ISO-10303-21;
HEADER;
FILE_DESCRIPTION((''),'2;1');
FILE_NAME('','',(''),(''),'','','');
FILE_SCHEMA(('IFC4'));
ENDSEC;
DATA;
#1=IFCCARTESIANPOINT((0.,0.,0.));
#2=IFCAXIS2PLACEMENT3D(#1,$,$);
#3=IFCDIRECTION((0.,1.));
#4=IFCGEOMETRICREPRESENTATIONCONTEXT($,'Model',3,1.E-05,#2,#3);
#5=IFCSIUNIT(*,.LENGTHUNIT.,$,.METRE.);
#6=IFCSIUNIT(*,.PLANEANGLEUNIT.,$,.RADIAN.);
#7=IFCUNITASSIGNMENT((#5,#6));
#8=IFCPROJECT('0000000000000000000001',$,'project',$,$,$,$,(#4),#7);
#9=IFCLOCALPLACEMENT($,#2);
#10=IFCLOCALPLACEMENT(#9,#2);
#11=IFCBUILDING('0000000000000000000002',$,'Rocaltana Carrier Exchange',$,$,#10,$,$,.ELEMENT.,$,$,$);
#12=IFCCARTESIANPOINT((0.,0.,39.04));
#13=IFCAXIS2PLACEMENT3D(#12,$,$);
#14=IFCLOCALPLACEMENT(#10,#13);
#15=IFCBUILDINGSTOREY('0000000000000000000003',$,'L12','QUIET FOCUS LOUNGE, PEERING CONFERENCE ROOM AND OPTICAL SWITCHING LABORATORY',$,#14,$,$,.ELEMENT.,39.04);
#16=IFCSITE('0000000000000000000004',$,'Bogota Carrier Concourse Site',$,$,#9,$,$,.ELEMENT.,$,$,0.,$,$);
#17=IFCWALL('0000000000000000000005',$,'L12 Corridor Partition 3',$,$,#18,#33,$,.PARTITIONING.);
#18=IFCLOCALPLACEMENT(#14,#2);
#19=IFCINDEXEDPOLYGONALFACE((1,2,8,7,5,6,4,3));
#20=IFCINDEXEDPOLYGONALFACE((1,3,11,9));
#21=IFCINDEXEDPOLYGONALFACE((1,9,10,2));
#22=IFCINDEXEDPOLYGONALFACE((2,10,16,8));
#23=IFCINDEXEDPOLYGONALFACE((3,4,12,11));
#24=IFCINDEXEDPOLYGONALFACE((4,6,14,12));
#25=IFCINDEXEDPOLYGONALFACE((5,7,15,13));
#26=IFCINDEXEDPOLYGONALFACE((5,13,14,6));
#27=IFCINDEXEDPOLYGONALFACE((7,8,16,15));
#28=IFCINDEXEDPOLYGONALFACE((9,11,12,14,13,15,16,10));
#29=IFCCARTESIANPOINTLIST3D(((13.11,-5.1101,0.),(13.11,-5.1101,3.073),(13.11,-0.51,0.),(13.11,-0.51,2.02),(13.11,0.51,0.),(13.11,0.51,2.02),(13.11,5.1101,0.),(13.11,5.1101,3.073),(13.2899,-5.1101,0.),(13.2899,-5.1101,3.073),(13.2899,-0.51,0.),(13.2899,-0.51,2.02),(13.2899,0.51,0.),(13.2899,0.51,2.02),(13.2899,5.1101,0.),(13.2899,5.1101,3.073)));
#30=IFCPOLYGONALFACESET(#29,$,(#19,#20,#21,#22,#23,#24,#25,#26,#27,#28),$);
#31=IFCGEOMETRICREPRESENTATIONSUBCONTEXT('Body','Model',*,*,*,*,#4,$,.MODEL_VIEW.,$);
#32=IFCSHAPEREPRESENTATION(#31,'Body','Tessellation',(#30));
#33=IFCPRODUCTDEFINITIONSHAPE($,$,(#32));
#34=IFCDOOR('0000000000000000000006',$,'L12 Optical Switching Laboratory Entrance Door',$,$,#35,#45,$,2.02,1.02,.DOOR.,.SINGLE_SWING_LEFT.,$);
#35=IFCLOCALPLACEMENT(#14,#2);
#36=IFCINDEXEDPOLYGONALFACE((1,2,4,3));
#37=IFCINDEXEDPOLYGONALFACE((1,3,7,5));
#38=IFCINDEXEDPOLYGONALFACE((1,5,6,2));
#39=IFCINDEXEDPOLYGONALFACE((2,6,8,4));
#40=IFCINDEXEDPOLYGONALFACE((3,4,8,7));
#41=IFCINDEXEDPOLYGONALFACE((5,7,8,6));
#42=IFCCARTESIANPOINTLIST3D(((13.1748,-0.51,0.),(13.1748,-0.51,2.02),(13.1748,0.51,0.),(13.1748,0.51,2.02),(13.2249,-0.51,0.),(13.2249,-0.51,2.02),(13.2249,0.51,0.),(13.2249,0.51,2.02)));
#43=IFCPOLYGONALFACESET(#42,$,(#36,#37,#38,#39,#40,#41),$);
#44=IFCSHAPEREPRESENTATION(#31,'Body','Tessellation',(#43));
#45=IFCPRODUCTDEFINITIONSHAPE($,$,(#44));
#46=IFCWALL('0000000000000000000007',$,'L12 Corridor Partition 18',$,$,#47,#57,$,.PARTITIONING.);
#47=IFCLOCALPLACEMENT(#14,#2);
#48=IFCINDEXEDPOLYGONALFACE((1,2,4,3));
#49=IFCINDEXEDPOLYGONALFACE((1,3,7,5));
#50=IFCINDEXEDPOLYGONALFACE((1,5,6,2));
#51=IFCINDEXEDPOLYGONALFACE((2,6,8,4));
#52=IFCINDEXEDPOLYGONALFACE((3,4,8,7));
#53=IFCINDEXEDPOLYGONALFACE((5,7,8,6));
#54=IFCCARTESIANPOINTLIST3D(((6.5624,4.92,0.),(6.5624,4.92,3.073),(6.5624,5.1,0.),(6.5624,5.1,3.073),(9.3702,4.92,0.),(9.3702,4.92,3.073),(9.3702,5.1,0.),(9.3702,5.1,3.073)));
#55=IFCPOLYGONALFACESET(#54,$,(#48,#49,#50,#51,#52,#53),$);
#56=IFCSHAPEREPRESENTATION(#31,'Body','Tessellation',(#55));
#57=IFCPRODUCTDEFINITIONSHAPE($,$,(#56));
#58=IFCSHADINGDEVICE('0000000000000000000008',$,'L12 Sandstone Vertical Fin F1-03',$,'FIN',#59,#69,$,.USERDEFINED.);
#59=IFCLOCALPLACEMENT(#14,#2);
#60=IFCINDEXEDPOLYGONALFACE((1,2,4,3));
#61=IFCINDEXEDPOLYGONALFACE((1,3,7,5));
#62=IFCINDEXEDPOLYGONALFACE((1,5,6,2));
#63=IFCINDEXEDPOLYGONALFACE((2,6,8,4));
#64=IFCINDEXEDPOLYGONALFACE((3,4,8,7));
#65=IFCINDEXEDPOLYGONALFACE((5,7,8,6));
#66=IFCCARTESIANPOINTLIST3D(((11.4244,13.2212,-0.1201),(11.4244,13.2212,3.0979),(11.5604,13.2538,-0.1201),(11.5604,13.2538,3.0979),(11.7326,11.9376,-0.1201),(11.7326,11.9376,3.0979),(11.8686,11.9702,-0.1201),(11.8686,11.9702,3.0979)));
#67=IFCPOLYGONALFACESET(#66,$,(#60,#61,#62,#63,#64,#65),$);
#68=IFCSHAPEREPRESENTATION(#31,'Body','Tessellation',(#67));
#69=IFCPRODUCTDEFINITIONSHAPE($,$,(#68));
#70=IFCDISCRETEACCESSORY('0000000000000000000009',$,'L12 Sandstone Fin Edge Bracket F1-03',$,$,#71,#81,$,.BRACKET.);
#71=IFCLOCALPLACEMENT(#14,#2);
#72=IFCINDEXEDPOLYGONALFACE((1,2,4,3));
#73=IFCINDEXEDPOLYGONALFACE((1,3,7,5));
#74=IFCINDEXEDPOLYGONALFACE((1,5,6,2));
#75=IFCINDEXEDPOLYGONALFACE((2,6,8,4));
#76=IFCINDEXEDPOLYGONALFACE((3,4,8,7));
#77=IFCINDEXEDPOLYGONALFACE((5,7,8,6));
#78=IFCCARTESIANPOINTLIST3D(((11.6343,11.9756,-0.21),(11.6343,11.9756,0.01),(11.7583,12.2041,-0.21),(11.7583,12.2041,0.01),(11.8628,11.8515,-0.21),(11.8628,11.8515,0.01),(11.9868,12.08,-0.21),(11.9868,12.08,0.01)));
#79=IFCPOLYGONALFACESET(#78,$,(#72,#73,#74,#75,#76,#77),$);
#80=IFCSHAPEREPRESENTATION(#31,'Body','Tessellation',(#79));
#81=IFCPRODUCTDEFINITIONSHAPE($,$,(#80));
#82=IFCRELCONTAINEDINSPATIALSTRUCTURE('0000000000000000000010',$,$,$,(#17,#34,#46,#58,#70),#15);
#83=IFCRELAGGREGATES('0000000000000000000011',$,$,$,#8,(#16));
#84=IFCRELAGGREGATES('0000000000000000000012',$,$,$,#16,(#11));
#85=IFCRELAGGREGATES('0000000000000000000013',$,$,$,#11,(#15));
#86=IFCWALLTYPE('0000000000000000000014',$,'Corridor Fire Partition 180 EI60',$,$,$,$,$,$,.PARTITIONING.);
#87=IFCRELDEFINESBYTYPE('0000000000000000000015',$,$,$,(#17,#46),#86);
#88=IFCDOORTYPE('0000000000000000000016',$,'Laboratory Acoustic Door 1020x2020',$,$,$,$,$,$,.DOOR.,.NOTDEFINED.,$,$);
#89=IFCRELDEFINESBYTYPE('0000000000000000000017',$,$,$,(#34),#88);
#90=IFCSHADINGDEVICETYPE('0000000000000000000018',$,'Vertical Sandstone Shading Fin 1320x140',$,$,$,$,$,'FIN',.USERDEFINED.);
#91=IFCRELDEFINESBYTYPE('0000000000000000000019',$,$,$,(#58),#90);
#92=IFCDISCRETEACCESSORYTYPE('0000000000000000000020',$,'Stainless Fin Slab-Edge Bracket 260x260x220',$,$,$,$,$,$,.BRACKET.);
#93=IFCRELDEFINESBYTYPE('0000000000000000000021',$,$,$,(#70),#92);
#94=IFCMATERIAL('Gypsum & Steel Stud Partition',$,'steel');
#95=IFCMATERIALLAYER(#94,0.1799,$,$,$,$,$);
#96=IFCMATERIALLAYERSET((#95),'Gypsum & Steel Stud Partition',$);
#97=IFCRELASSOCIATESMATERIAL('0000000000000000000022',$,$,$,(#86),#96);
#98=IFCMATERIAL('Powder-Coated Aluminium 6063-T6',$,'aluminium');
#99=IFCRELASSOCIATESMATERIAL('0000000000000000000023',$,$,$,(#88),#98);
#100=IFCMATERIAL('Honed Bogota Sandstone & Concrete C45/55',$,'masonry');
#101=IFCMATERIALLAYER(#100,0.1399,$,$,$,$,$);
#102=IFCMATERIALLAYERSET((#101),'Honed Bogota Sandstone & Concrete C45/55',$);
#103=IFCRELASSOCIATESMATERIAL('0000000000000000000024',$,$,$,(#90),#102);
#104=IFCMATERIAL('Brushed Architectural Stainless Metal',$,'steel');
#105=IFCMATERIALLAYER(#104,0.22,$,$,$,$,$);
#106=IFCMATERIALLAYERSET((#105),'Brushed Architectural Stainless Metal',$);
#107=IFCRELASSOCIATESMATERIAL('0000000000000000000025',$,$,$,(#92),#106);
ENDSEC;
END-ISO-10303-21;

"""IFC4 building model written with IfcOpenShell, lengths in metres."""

from ifc_helpers import new_model, si_unit, direction, frame, frame_2d, origin, origin_2d, place, context, subcontext, project, spatial, rectangle, extrude, material, layer, layer_set, type_object, element, fill, save


model = new_model("IFC4")

# Units and contexts
model_context = context("Model", 3, precision=1e-05, world=origin(), true_north=direction((0.0, 1.0)))
body_context = subcontext(model_context, "Body", "Model", "MODEL_VIEW")
ifc_project = project(units=[si_unit("LENGTHUNIT", "METRE"), si_unit("PLANEANGLEUNIT", "RADIAN")], contexts=[model_context])

# Site, building, storey
site_placement = place(None, origin())
site = spatial("IfcSite", under=ifc_project, at=site_placement, Name="Bogota Carrier Concourse Site", CompositionType="ELEMENT", RefElevation=0.0)
building_placement = place(site_placement, origin())
building = spatial("IfcBuilding", under=site, at=building_placement, Name="Rocaltana Carrier Exchange", CompositionType="ELEMENT")
storey_placement = place(building_placement, frame((0.0, 0.0, 39.04)))
storey = spatial("IfcBuildingStorey", under=building, at=storey_placement, Name="L12", Description="QUIET FOCUS LOUNGE, PEERING CONFERENCE ROOM AND OPTICAL SWITCHING LABORATORY", CompositionType="ELEMENT", Elevation=39.04)

# Shared definitions
ifc_material_1 = material(Name="Gypsum & Steel Stud Partition", Category="steel")
ifc_layer_1 = layer(ifc_material_1, 0.1799)
ifc_layer_set_1 = layer_set([ifc_layer_1], Name="Gypsum & Steel Stud Partition")
wall_type_1 = type_object("IfcWallType", Name="Corridor Fire Partition 180 EI60", PredefinedType="PARTITIONING", material=ifc_layer_set_1)

# Wall, opening, door
wall_1_placement = place(storey_placement, frame((13.2, 5.1101, 0.0), z_axis=(0.0, 0.0, 1.0), x_axis=(0.0, -1.0, 0.0)))
wall_1 = element("IfcWall", 1, at=wall_1_placement, inside=storey, type_object=wall_type_1, Name="L12 Corridor Partition 3", PredefinedType="PARTITIONING", context=body_context, shape_type="SweptSolid", body=[
    extrude(rectangle(XDim=10.2202, YDim=0.1799, at=frame_2d((5.1101, 0.0))), origin(), (0.0, 0.0, 1.0), 3.073),
])
opening_placement = place(wall_1_placement, frame((4.6001, 0.0, 0.0)))
opening = element("IfcOpeningElement", 2, at=opening_placement, cuts=wall_1, PredefinedType="OPENING", context=body_context, shape_type="SweptSolid", body=[
    extrude(rectangle(XDim=1.02, YDim=2.02, at=frame_2d((0.51, 1.01))), frame((0.0, 0.0999, 0.0), z_axis=(0.0, -1.0, 0.0), x_axis=(1.0, 0.0, 0.0)), (0.0, 0.0, 1.0), 0.2),
])
ifc_material_2 = material(Name="Powder-Coated Aluminium 6063-T6", Category="aluminium")
door_type = type_object("IfcDoorType", Name="Laboratory Acoustic Door 1020x2020", OperationType="NOTDEFINED", PredefinedType="DOOR", material=ifc_material_2)
door_placement = place(opening_placement, origin())
door = element("IfcDoor", 3, at=door_placement, inside=storey, type_object=door_type, Name="L12 Optical Switching Laboratory Entrance Door", OperationType="SINGLE_SWING_LEFT", OverallHeight=2.02, OverallWidth=1.02, PredefinedType="DOOR", context=body_context, shape_type="SweptSolid", body=[
    extrude(rectangle(XDim=1.02, YDim=2.02, at=frame_2d((0.51, 1.01))), frame((0.0, 0.0249, 0.0), z_axis=(0.0, -1.0, 0.0), x_axis=(1.0, 0.0, 0.0)), (0.0, 0.0, 1.0), 0.05),
])
fill(opening, door)

# Wall
wall_2_placement = place(storey_placement, frame((9.3701, 5.01, 0.0), z_axis=(0.0, 0.0, 1.0), x_axis=(-1.0, 0.0, 0.0)))
element("IfcWall", 4, at=wall_2_placement, inside=storey, type_object=wall_type_1, Name="L12 Corridor Partition 18", PredefinedType="PARTITIONING", context=body_context, shape_type="SweptSolid", body=[
    extrude(rectangle(XDim=2.8079, YDim=0.1799, at=frame_2d((1.4038, 0.0))), origin(), (0.0, 0.0, 1.0), 3.073),
])

# Shading device
ifc_material_3 = material(Name="Honed Bogota Sandstone & Concrete C45/55", Category="masonry")
ifc_layer_2 = layer(ifc_material_3, 0.1399)
ifc_layer_set_2 = layer_set([ifc_layer_2], Name="Honed Bogota Sandstone & Concrete C45/55")
shading_device_type = type_object("IfcShadingDeviceType", Name="Vertical Sandstone Shading Fin 1320x140", ElementType="FIN", PredefinedType="USERDEFINED", material=ifc_layer_set_2)
shading_device_placement = place(storey_placement, frame((11.6465, 12.5957, -0.1201), z_axis=(0.0, 0.0, 1.0), x_axis=(-0.233445, 0.97237, 0.0)))
element("IfcShadingDevice", 5, at=shading_device_placement, inside=storey, type_object=shading_device_type, Name="L12 Sandstone Vertical Fin F1-03", ObjectType="FIN", PredefinedType="USERDEFINED", context=body_context, shape_type="SweptSolid", body=[
    extrude(rectangle(XDim=1.3201, YDim=0.1399, at=origin_2d()), origin(), (0.0, 0.0, 1.0), 3.218),
])

# Discrete accessory
ifc_material_4 = material(Name="Brushed Architectural Stainless Metal", Category="steel")
ifc_layer_3 = layer(ifc_material_4, 0.22)
ifc_layer_set_3 = layer_set([ifc_layer_3], Name="Brushed Architectural Stainless Metal")
discrete_accessory_type = type_object("IfcDiscreteAccessoryType", Name="Stainless Fin Slab-Edge Bracket 260x260x220", PredefinedType="BRACKET", material=ifc_layer_set_3)
discrete_accessory_placement = place(storey_placement, frame((11.8105, 12.0278, -0.21), z_axis=(0.0, 0.0, 1.0), x_axis=(-0.878817, 0.477159, 0.0)))
element("IfcDiscreteAccessory", 6, at=discrete_accessory_placement, inside=storey, type_object=discrete_accessory_type, Name="L12 Sandstone Fin Edge Bracket F1-03", PredefinedType="BRACKET", context=body_context, shape_type="SweptSolid", body=[
    extrude(rectangle(XDim=0.26, YDim=0.26, at=origin_2d()), origin(), (0.0, 0.0, 1.0), 0.22),
])

save(model, "model.ifc")
